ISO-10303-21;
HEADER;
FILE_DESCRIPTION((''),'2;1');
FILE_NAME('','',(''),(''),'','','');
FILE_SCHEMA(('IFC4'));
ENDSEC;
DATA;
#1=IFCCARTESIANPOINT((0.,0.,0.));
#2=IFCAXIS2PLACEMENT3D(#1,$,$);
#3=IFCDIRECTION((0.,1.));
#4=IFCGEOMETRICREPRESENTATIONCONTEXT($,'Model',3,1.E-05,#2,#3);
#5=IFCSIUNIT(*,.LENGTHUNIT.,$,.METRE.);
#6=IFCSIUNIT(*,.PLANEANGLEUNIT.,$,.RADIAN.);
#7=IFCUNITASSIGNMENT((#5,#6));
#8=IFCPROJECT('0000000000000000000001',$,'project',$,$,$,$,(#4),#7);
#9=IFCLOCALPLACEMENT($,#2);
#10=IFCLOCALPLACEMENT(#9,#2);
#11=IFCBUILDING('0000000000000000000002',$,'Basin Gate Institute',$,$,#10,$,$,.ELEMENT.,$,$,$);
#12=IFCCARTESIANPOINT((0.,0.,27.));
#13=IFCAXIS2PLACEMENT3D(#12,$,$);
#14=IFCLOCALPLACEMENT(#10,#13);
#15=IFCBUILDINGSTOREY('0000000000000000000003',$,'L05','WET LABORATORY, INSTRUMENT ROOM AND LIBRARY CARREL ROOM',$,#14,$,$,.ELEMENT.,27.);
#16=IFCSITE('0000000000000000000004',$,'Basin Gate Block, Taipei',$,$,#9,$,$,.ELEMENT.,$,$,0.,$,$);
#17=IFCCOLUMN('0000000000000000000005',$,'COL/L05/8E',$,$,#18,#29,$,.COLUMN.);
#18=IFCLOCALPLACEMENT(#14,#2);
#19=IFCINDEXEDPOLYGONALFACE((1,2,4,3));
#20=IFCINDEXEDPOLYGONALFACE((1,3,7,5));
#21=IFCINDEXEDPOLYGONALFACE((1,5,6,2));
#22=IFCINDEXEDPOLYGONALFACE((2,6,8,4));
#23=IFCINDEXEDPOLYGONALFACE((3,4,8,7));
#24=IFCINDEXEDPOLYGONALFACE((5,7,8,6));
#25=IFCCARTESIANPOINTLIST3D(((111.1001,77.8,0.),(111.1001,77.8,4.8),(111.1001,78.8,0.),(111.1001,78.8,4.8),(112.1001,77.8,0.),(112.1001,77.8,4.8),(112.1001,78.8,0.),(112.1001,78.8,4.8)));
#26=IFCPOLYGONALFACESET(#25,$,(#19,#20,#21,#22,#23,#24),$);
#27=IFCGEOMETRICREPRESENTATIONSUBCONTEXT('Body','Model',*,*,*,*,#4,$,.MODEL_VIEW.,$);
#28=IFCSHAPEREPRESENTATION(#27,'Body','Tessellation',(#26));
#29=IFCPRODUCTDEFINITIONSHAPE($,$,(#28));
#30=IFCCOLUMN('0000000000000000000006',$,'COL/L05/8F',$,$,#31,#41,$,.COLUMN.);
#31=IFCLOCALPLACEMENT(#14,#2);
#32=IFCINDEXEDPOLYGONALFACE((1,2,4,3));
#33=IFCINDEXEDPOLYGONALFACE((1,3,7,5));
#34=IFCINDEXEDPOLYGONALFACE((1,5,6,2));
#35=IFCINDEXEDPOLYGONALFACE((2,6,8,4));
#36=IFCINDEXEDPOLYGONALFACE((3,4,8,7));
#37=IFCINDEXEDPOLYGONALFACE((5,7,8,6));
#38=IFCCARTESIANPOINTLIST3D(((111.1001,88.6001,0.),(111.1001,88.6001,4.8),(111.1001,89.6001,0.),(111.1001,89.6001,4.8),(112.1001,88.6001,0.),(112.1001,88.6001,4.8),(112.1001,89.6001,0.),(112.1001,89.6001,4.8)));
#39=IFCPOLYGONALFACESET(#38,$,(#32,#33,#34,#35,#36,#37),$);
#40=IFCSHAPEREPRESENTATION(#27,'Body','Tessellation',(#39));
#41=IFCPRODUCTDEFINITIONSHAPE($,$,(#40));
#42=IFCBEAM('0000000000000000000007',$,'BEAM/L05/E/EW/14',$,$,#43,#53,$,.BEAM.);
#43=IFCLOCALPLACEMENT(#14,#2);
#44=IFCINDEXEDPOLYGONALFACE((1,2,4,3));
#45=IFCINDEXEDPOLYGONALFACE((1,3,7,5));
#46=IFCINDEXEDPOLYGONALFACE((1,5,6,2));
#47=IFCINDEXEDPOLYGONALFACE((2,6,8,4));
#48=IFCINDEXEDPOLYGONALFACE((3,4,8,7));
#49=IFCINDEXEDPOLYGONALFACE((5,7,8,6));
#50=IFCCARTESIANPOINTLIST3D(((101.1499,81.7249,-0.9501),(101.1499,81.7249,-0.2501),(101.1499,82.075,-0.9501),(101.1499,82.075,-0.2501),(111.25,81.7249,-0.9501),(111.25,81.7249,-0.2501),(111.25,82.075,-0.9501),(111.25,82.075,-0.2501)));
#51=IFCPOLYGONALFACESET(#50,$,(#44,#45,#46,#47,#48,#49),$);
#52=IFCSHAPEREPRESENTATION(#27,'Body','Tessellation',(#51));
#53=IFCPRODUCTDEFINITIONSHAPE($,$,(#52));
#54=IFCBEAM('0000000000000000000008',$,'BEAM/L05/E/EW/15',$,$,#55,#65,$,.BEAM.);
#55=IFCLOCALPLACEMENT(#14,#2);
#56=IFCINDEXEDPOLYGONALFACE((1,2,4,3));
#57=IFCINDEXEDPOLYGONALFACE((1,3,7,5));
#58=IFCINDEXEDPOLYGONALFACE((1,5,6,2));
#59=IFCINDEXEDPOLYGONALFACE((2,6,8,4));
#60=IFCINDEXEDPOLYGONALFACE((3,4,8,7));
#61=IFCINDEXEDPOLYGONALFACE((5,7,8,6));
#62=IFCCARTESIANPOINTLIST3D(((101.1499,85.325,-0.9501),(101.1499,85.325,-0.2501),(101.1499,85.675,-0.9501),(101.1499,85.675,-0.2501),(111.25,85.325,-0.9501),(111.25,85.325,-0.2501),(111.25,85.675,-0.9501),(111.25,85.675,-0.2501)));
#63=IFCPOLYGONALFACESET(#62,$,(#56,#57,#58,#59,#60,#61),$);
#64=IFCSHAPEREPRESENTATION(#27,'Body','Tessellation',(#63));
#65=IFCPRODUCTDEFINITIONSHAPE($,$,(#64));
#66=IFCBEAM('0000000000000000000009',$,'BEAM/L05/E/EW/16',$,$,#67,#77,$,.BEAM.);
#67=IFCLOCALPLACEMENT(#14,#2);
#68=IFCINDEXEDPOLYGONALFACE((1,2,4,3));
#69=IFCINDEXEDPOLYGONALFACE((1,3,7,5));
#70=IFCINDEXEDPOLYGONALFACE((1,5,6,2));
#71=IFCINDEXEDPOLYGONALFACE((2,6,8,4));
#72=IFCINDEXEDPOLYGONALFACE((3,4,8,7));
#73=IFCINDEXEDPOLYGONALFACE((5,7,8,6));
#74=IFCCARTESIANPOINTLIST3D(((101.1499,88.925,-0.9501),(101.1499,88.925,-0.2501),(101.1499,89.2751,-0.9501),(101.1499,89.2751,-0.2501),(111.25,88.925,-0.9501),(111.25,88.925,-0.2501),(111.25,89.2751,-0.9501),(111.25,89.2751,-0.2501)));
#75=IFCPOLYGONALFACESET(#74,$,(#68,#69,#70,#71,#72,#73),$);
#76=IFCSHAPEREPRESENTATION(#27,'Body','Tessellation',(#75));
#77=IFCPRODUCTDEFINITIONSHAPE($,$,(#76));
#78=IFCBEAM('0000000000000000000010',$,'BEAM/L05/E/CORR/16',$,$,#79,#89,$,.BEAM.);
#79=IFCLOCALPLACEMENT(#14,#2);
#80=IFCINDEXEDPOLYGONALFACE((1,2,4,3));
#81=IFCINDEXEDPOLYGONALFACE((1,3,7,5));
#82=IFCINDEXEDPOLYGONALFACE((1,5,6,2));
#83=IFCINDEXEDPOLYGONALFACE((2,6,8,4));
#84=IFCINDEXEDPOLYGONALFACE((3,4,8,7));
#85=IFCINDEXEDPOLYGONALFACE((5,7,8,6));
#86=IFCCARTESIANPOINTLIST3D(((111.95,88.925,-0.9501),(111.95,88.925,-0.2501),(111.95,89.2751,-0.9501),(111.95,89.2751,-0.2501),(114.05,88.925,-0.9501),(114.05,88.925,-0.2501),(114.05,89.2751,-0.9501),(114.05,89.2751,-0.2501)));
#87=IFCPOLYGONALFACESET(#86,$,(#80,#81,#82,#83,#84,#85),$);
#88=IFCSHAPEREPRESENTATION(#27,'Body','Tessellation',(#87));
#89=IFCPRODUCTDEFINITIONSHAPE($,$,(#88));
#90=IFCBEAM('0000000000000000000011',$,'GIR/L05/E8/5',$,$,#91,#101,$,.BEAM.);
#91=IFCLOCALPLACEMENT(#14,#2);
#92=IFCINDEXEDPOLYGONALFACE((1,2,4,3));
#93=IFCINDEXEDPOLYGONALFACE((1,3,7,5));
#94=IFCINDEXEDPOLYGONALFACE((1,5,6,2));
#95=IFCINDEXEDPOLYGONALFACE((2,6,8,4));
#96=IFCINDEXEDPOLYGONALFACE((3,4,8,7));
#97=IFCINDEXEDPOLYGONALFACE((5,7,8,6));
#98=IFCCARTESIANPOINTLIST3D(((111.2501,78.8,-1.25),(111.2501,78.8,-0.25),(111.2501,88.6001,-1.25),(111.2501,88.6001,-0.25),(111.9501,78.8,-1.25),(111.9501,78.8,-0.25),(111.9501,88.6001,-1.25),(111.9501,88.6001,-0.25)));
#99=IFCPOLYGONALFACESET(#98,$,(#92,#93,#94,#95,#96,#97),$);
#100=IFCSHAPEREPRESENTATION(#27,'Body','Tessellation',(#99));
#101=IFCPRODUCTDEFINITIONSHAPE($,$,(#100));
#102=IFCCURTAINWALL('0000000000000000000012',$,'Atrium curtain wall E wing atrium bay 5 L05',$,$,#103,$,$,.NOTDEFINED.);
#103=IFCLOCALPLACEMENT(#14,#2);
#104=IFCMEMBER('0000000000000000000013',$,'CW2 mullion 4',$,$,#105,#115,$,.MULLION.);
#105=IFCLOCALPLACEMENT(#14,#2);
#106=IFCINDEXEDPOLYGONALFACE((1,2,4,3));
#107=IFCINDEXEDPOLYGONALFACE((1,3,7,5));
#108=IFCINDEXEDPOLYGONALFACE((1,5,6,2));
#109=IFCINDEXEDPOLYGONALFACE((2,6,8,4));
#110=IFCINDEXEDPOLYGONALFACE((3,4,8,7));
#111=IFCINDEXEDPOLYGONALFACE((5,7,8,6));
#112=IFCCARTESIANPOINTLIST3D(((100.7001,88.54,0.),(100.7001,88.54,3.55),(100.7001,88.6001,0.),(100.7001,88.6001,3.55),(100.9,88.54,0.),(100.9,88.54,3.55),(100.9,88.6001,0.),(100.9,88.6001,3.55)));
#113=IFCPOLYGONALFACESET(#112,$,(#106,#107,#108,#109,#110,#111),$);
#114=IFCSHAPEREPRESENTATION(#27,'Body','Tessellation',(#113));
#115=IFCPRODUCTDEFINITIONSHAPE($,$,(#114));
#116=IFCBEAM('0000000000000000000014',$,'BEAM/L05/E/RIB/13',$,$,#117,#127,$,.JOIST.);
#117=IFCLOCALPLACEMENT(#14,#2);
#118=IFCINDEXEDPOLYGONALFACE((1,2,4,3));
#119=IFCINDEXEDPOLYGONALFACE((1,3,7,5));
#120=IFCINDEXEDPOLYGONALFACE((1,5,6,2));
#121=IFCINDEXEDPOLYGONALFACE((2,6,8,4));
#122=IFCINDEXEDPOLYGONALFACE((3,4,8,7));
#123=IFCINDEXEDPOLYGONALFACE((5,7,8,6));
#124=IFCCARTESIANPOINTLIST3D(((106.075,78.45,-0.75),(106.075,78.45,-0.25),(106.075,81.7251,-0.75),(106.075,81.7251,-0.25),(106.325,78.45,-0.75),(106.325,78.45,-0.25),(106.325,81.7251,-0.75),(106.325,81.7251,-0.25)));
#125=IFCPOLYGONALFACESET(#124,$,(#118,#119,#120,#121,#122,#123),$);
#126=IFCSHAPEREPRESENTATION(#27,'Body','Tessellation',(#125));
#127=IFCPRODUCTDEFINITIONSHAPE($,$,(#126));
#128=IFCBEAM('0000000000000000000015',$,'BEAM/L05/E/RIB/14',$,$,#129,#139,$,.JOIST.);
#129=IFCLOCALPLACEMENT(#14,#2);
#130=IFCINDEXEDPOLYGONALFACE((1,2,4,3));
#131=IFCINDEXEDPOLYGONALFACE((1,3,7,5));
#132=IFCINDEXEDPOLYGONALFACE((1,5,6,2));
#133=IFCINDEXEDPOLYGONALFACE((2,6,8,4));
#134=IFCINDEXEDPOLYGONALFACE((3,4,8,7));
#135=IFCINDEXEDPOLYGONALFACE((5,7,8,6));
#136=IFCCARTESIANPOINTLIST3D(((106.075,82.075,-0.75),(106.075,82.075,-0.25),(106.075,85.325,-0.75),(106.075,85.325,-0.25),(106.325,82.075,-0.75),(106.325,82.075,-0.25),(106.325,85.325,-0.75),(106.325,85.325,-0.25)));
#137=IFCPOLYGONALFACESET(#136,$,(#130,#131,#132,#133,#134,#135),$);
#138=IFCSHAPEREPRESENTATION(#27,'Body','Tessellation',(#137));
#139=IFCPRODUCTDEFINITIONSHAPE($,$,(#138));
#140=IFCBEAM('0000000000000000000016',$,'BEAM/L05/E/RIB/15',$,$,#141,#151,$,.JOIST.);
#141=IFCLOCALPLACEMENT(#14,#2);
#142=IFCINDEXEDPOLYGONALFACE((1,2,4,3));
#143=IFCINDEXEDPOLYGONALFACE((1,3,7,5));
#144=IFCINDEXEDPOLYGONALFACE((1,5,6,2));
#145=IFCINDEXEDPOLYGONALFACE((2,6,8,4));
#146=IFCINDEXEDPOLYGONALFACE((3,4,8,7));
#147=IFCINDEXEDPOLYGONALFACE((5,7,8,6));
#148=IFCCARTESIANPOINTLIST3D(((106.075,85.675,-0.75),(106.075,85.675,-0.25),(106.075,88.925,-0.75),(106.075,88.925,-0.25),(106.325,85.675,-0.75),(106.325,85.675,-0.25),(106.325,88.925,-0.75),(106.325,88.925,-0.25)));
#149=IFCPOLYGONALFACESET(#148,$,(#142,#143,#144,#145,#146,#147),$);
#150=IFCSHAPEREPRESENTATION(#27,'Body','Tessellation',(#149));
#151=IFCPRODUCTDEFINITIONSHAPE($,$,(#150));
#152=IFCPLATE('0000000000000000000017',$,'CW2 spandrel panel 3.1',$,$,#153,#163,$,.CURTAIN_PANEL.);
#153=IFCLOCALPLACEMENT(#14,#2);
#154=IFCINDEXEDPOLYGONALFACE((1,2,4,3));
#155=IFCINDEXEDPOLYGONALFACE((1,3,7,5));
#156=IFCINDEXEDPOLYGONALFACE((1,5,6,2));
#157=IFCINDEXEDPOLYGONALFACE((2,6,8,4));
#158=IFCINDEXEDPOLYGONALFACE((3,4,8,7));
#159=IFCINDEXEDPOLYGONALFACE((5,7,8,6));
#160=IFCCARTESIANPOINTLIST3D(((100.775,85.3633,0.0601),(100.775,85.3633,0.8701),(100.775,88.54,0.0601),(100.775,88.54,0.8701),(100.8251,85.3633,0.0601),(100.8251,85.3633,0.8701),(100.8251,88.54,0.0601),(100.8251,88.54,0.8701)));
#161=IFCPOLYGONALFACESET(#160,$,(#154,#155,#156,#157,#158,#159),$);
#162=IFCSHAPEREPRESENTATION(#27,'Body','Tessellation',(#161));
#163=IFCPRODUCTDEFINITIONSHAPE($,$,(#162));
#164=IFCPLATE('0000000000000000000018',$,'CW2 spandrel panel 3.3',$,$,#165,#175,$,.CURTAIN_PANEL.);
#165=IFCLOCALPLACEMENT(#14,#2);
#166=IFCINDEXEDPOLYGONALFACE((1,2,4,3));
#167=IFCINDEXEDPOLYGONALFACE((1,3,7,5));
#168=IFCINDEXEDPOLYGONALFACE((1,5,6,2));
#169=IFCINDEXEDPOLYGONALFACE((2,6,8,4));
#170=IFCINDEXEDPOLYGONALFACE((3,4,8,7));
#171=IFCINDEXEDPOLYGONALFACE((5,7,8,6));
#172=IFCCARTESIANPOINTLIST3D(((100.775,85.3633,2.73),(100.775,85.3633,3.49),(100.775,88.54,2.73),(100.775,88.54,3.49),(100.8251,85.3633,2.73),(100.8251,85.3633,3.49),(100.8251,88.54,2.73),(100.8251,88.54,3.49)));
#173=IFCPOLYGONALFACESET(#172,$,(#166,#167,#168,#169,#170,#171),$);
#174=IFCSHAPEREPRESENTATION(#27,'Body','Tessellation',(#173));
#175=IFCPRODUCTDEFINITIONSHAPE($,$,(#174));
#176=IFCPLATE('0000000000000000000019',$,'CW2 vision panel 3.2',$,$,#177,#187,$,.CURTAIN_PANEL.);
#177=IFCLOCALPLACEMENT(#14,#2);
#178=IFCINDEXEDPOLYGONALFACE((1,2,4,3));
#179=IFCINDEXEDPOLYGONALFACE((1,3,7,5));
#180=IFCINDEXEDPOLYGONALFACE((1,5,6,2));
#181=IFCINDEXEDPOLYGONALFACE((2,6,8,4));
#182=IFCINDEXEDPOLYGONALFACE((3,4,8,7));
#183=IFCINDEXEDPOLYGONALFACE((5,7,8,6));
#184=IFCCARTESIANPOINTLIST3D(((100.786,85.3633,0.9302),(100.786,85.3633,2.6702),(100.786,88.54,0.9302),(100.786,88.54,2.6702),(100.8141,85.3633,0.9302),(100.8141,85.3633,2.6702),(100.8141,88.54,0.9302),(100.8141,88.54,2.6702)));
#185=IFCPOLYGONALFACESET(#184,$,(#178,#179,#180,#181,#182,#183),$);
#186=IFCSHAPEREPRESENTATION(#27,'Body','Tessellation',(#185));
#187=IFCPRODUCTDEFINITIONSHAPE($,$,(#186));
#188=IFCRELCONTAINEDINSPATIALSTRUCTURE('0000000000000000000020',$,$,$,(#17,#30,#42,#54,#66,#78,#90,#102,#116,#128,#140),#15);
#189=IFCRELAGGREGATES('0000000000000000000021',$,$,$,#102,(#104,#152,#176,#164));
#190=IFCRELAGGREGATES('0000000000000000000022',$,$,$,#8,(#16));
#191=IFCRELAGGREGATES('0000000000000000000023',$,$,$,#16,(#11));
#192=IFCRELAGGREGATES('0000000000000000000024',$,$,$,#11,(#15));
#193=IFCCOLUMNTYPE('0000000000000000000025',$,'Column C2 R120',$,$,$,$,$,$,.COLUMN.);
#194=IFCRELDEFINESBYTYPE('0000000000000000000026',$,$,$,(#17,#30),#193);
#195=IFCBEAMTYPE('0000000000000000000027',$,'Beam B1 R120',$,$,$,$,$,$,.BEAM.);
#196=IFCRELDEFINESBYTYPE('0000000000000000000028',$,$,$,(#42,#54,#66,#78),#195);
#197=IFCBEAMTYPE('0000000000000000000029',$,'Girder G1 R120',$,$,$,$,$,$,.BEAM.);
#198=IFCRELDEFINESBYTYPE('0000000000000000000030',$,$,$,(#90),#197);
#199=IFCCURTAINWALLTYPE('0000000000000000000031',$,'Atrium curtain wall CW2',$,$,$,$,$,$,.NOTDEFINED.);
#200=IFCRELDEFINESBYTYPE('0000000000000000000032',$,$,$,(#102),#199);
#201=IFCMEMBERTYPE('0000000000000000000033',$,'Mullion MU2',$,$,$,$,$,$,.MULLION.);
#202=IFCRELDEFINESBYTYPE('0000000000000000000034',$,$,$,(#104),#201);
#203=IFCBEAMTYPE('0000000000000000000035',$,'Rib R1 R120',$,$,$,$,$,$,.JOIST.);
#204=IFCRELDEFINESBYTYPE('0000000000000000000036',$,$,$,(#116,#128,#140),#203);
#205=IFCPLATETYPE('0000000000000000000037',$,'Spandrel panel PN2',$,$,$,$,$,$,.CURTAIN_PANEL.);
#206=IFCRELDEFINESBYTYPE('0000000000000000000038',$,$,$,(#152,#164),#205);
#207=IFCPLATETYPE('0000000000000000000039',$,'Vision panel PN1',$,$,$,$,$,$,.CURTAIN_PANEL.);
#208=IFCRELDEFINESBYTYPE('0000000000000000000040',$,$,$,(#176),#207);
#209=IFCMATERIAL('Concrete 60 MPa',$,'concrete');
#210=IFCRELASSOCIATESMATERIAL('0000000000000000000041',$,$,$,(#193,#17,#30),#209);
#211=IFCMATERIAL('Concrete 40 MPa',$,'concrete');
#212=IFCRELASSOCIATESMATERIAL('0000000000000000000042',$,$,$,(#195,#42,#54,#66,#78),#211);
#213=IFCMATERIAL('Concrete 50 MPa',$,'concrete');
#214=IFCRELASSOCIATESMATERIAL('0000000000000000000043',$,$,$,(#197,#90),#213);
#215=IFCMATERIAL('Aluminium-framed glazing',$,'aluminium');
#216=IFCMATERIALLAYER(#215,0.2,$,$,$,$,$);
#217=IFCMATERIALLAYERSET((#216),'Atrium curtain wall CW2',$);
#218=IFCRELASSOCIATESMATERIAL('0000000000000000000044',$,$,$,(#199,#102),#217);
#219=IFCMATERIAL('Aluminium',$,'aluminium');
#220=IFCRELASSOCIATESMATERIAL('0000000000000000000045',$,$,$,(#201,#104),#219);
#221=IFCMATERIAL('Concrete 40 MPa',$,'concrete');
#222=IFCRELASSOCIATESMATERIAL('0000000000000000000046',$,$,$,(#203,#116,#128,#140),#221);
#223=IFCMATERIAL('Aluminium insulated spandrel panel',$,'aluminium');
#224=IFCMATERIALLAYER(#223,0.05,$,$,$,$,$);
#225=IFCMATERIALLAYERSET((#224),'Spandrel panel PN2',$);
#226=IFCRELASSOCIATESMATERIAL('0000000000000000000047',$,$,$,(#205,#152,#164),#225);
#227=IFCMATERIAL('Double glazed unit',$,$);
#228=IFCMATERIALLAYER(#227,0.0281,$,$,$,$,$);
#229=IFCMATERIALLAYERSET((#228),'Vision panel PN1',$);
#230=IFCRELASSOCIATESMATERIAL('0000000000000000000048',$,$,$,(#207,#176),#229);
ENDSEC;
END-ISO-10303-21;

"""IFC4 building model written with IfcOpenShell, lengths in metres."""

from ifc_helpers import new_model, si_unit, direction, frame, origin, origin_2d, place, context, subcontext, project, spatial, rectangle, extrude, material, layer, layer_set, material_profile, profile_set, type_object, element, aggregate, save


model = new_model("IFC4")

# Units and contexts
model_context = context("Model", 3, precision=1e-05, world=origin(), true_north=direction((0.0, 1.0)))
body_context = subcontext(model_context, "Body", "Model", "MODEL_VIEW")
ifc_project = project(units=[si_unit("LENGTHUNIT", "METRE"), si_unit("PLANEANGLEUNIT", "RADIAN")], contexts=[model_context])

# Site, building, storey
site_placement = place(None, origin())
site = spatial("IfcSite", under=ifc_project, at=site_placement, Name="Basin Gate Block, Taipei", CompositionType="ELEMENT", RefElevation=0.0)
building_placement = place(site_placement, origin())
building = spatial("IfcBuilding", under=site, at=building_placement, Name="Basin Gate Institute", CompositionType="ELEMENT")
storey_placement = place(building_placement, frame((0.0, 0.0, 27.0)))
storey = spatial("IfcBuildingStorey", under=building, at=storey_placement, Name="L05", Description="WET LABORATORY, INSTRUMENT ROOM AND LIBRARY CARREL ROOM", CompositionType="ELEMENT", Elevation=27.0)

# Columns
ifc_material_1 = material(Name="Concrete 60 MPa", Category="concrete")
ifc_material_profile_1 = material_profile(ifc_material_1, rectangle(XDim=1.0, YDim=1.0, at=origin_2d()), Name="Column C2 1000 x 1000")
ifc_profile_set_1 = profile_set([ifc_material_profile_1], Name="Concrete 60 MPa")
column_type = type_object("IfcColumnType", Name="Column C2 R120", PredefinedType="COLUMN", material=ifc_profile_set_1)
for number, where, z_axis, x_axis, name in (
    (1, (111.6001, 78.3, 0.0), (0.0, 0.0, 1.0), (1.0, 0.0, 0.0), "COL/L05/8E"),
    (2, (111.6001, 89.1001, 0.0), (0.0, 0.0, 1.0), (1.0, 0.0, 0.0), "COL/L05/8F"),
):
    element("IfcColumn", number, at=place(storey_placement, frame(where, z_axis=z_axis, x_axis=x_axis)), inside=storey, type_object=column_type, material=ifc_profile_set_1, Name=name, PredefinedType="COLUMN", context=body_context, shape_type="SweptSolid", body=[
        extrude(rectangle(XDim=1.0, YDim=1.0, at=origin_2d()), origin(), (0.0, 0.0, 1.0), 4.8),
    ])

# Beams
ifc_material_2 = material(Name="Concrete 40 MPa", Category="concrete")
ifc_material_profile_2 = material_profile(ifc_material_2, rectangle(XDim=0.3501, YDim=0.7, at=origin_2d()), Name="Beam B1 350 x 700")
ifc_profile_set_2 = profile_set([ifc_material_profile_2], Name="Concrete 40 MPa")
beam_type_1 = type_object("IfcBeamType", Name="Beam B1 R120", PredefinedType="BEAM", material=ifc_profile_set_2)
for number, where, z_axis, x_axis, name in (
    (3, (111.25, 81.8999, -0.6001), (-1.0, 0.0, 0.0), (0.0, -1.0, 0.0), "BEAM/L05/E/EW/14"),
    (4, (111.25, 85.5, -0.6001), (-1.0, 0.0, 0.0), (0.0, -1.0, 0.0), "BEAM/L05/E/EW/15"),
    (5, (111.25, 89.1001, -0.6001), (-1.0, 0.0, 0.0), (0.0, -1.0, 0.0), "BEAM/L05/E/EW/16"),
):
    element("IfcBeam", number, at=place(storey_placement, frame(where, z_axis=z_axis, x_axis=x_axis)), inside=storey, type_object=beam_type_1, material=ifc_profile_set_2, Name=name, PredefinedType="BEAM", context=body_context, shape_type="SweptSolid", body=[
        extrude(rectangle(XDim=0.3501, YDim=0.7, at=origin_2d()), origin(), (0.0, 0.0, 1.0), 10.1001),
    ])
beam_1_placement = place(storey_placement, frame((114.05, 89.1001, -0.6001), z_axis=(-1.0, 0.0, 0.0), x_axis=(0.0, -1.0, 0.0)))
element("IfcBeam", 6, at=beam_1_placement, inside=storey, type_object=beam_type_1, material=ifc_profile_set_2, Name="BEAM/L05/E/CORR/16", PredefinedType="BEAM", context=body_context, shape_type="SweptSolid", body=[
    extrude(rectangle(XDim=0.3501, YDim=0.7, at=origin_2d()), origin(), (0.0, 0.0, 1.0), 2.1001),
])
ifc_material_3 = material(Name="Concrete 50 MPa", Category="concrete")
ifc_material_profile_3 = material_profile(ifc_material_3, rectangle(XDim=0.7, YDim=1.0, at=origin_2d()), Name="Girder G1 700 x 1000")
ifc_profile_set_3 = profile_set([ifc_material_profile_3], Name="Concrete 50 MPa")
beam_type_2 = type_object("IfcBeamType", Name="Girder G1 R120", PredefinedType="BEAM", material=ifc_profile_set_3)
beam_2_placement = place(storey_placement, frame((111.6001, 78.8, -0.75), z_axis=(0.0, 1.0, 0.0), x_axis=(-1.0, 0.0, 0.0)))
element("IfcBeam", 7, at=beam_2_placement, inside=storey, type_object=beam_type_2, material=ifc_profile_set_3, Name="GIR/L05/E8/5", PredefinedType="BEAM", context=body_context, shape_type="SweptSolid", body=[
    extrude(rectangle(XDim=0.7, YDim=1.0, at=origin_2d()), origin(), (0.0, 0.0, 1.0), 9.8),
])

# Curtain wall, member
ifc_material_4 = material(Name="Aluminium-framed glazing", Category="aluminium")
ifc_layer_1 = layer(ifc_material_4, 0.2)
ifc_layer_set_1 = layer_set([ifc_layer_1], Name="Atrium curtain wall CW2")
curtain_wall_type = type_object("IfcCurtainWallType", Name="Atrium curtain wall CW2", PredefinedType="NOTDEFINED", material=ifc_layer_set_1)
curtain_wall_placement = place(storey_placement, origin())
curtain_wall = element("IfcCurtainWall", 8, at=curtain_wall_placement, inside=storey, type_object=curtain_wall_type, material=ifc_layer_set_1, Name="Atrium curtain wall E wing atrium bay 5 L05", PredefinedType="NOTDEFINED")
ifc_material_5 = material(Name="Aluminium", Category="aluminium")
ifc_material_profile_4 = material_profile(ifc_material_5, rectangle(XDim=0.2, YDim=0.0601, at=origin_2d()), Name="Mullion MU2 200 x 60")
ifc_profile_set_4 = profile_set([ifc_material_profile_4], Name="Aluminium")
member_type = type_object("IfcMemberType", Name="Mullion MU2", PredefinedType="MULLION", material=ifc_profile_set_4)
member_placement = place(storey_placement, frame((100.8, 88.5701, 0.0), z_axis=(0.0, 0.0, 1.0), x_axis=(-1.0, 0.0, 0.0)))
member = element("IfcMember", 9, at=member_placement, type_object=member_type, material=ifc_profile_set_4, Name="CW2 mullion 4", PredefinedType="MULLION", context=body_context, shape_type="SweptSolid", body=[
    extrude(rectangle(XDim=0.2, YDim=0.0601, at=origin_2d()), origin(), (0.0, 0.0, 1.0), 3.55),
])

# Beams
ifc_material_6 = material(Name="Concrete 40 MPa", Category="concrete")
ifc_material_profile_5 = material_profile(ifc_material_6, rectangle(XDim=0.25, YDim=0.5, at=origin_2d()), Name="Rib R1 250 x 500")
ifc_profile_set_5 = profile_set([ifc_material_profile_5], Name="Concrete 40 MPa")
beam_type_3 = type_object("IfcBeamType", Name="Rib R1 R120", PredefinedType="JOIST", material=ifc_profile_set_5)
beam_3_placement = place(storey_placement, frame((106.2, 78.45, -0.5), z_axis=(0.0, 1.0, 0.0), x_axis=(-1.0, 0.0, 0.0)))
element("IfcBeam", 10, at=beam_3_placement, inside=storey, type_object=beam_type_3, material=ifc_profile_set_5, Name="BEAM/L05/E/RIB/13", PredefinedType="JOIST", context=body_context, shape_type="SweptSolid", body=[
    extrude(rectangle(XDim=0.25, YDim=0.5, at=origin_2d()), origin(), (0.0, 0.0, 1.0), 3.2751),
])
for number, where, z_axis, x_axis, name in (
    (11, (106.2, 82.075, -0.5), (0.0, 1.0, 0.0), (-1.0, 0.0, 0.0), "BEAM/L05/E/RIB/14"),
    (12, (106.2, 85.675, -0.5), (0.0, 1.0, 0.0), (-1.0, 0.0, 0.0), "BEAM/L05/E/RIB/15"),
):
    element("IfcBeam", number, at=place(storey_placement, frame(where, z_axis=z_axis, x_axis=x_axis)), inside=storey, type_object=beam_type_3, material=ifc_profile_set_5, Name=name, PredefinedType="JOIST", context=body_context, shape_type="SweptSolid", body=[
        extrude(rectangle(XDim=0.25, YDim=0.5, at=origin_2d()), origin(), (0.0, 0.0, 1.0), 3.25),
    ])

# Plates
ifc_material_7 = material(Name="Aluminium insulated spandrel panel", Category="aluminium")
ifc_layer_2 = layer(ifc_material_7, 0.05)
ifc_layer_set_2 = layer_set([ifc_layer_2], Name="Spandrel panel PN2")
plate_type_1 = type_object("IfcPlateType", Name="Spandrel panel PN2", PredefinedType="CURTAIN_PANEL", material=ifc_layer_set_2)
plate_1_placement = place(storey_placement, frame((100.8, 86.9517, 0.0601), z_axis=(0.0, 0.0, 1.0), x_axis=(0.0, 1.0, 0.0)))
plate_1 = element("IfcPlate", 13, at=plate_1_placement, type_object=plate_type_1, material=ifc_layer_set_2, Name="CW2 spandrel panel 3.1", PredefinedType="CURTAIN_PANEL", context=body_context, shape_type="SweptSolid", body=[
    extrude(rectangle(XDim=3.1768, YDim=0.05, at=origin_2d()), origin(), (0.0, 0.0, 1.0), 0.8101),
])
plate_2_placement = place(storey_placement, frame((100.8, 86.9517, 2.73), z_axis=(0.0, 0.0, 1.0), x_axis=(0.0, 1.0, 0.0)))
plate_2 = element("IfcPlate", 14, at=plate_2_placement, type_object=plate_type_1, material=ifc_layer_set_2, Name="CW2 spandrel panel 3.3", PredefinedType="CURTAIN_PANEL", context=body_context, shape_type="SweptSolid", body=[
    extrude(rectangle(XDim=3.1768, YDim=0.05, at=origin_2d()), origin(), (0.0, 0.0, 1.0), 0.76),
])
ifc_material_8 = material(Name="Double glazed unit")
ifc_layer_3 = layer(ifc_material_8, 0.0281)
ifc_layer_set_3 = layer_set([ifc_layer_3], Name="Vision panel PN1")
plate_type_2 = type_object("IfcPlateType", Name="Vision panel PN1", PredefinedType="CURTAIN_PANEL", material=ifc_layer_set_3)
plate_3_placement = place(storey_placement, frame((100.8, 86.9517, 0.9302), z_axis=(0.0, 0.0, 1.0), x_axis=(0.0, 1.0, 0.0)))
plate_3 = element("IfcPlate", 15, at=plate_3_placement, type_object=plate_type_2, material=ifc_layer_set_3, Name="CW2 vision panel 3.2", PredefinedType="CURTAIN_PANEL", context=body_context, shape_type="SweptSolid", body=[
    extrude(rectangle(XDim=3.1768, YDim=0.0281, at=origin_2d()), origin(), (0.0, 0.0, 1.0), 1.74),
])
aggregate(curtain_wall, [member, plate_1, plate_3, plate_2])

save(model, "model.ifc")
